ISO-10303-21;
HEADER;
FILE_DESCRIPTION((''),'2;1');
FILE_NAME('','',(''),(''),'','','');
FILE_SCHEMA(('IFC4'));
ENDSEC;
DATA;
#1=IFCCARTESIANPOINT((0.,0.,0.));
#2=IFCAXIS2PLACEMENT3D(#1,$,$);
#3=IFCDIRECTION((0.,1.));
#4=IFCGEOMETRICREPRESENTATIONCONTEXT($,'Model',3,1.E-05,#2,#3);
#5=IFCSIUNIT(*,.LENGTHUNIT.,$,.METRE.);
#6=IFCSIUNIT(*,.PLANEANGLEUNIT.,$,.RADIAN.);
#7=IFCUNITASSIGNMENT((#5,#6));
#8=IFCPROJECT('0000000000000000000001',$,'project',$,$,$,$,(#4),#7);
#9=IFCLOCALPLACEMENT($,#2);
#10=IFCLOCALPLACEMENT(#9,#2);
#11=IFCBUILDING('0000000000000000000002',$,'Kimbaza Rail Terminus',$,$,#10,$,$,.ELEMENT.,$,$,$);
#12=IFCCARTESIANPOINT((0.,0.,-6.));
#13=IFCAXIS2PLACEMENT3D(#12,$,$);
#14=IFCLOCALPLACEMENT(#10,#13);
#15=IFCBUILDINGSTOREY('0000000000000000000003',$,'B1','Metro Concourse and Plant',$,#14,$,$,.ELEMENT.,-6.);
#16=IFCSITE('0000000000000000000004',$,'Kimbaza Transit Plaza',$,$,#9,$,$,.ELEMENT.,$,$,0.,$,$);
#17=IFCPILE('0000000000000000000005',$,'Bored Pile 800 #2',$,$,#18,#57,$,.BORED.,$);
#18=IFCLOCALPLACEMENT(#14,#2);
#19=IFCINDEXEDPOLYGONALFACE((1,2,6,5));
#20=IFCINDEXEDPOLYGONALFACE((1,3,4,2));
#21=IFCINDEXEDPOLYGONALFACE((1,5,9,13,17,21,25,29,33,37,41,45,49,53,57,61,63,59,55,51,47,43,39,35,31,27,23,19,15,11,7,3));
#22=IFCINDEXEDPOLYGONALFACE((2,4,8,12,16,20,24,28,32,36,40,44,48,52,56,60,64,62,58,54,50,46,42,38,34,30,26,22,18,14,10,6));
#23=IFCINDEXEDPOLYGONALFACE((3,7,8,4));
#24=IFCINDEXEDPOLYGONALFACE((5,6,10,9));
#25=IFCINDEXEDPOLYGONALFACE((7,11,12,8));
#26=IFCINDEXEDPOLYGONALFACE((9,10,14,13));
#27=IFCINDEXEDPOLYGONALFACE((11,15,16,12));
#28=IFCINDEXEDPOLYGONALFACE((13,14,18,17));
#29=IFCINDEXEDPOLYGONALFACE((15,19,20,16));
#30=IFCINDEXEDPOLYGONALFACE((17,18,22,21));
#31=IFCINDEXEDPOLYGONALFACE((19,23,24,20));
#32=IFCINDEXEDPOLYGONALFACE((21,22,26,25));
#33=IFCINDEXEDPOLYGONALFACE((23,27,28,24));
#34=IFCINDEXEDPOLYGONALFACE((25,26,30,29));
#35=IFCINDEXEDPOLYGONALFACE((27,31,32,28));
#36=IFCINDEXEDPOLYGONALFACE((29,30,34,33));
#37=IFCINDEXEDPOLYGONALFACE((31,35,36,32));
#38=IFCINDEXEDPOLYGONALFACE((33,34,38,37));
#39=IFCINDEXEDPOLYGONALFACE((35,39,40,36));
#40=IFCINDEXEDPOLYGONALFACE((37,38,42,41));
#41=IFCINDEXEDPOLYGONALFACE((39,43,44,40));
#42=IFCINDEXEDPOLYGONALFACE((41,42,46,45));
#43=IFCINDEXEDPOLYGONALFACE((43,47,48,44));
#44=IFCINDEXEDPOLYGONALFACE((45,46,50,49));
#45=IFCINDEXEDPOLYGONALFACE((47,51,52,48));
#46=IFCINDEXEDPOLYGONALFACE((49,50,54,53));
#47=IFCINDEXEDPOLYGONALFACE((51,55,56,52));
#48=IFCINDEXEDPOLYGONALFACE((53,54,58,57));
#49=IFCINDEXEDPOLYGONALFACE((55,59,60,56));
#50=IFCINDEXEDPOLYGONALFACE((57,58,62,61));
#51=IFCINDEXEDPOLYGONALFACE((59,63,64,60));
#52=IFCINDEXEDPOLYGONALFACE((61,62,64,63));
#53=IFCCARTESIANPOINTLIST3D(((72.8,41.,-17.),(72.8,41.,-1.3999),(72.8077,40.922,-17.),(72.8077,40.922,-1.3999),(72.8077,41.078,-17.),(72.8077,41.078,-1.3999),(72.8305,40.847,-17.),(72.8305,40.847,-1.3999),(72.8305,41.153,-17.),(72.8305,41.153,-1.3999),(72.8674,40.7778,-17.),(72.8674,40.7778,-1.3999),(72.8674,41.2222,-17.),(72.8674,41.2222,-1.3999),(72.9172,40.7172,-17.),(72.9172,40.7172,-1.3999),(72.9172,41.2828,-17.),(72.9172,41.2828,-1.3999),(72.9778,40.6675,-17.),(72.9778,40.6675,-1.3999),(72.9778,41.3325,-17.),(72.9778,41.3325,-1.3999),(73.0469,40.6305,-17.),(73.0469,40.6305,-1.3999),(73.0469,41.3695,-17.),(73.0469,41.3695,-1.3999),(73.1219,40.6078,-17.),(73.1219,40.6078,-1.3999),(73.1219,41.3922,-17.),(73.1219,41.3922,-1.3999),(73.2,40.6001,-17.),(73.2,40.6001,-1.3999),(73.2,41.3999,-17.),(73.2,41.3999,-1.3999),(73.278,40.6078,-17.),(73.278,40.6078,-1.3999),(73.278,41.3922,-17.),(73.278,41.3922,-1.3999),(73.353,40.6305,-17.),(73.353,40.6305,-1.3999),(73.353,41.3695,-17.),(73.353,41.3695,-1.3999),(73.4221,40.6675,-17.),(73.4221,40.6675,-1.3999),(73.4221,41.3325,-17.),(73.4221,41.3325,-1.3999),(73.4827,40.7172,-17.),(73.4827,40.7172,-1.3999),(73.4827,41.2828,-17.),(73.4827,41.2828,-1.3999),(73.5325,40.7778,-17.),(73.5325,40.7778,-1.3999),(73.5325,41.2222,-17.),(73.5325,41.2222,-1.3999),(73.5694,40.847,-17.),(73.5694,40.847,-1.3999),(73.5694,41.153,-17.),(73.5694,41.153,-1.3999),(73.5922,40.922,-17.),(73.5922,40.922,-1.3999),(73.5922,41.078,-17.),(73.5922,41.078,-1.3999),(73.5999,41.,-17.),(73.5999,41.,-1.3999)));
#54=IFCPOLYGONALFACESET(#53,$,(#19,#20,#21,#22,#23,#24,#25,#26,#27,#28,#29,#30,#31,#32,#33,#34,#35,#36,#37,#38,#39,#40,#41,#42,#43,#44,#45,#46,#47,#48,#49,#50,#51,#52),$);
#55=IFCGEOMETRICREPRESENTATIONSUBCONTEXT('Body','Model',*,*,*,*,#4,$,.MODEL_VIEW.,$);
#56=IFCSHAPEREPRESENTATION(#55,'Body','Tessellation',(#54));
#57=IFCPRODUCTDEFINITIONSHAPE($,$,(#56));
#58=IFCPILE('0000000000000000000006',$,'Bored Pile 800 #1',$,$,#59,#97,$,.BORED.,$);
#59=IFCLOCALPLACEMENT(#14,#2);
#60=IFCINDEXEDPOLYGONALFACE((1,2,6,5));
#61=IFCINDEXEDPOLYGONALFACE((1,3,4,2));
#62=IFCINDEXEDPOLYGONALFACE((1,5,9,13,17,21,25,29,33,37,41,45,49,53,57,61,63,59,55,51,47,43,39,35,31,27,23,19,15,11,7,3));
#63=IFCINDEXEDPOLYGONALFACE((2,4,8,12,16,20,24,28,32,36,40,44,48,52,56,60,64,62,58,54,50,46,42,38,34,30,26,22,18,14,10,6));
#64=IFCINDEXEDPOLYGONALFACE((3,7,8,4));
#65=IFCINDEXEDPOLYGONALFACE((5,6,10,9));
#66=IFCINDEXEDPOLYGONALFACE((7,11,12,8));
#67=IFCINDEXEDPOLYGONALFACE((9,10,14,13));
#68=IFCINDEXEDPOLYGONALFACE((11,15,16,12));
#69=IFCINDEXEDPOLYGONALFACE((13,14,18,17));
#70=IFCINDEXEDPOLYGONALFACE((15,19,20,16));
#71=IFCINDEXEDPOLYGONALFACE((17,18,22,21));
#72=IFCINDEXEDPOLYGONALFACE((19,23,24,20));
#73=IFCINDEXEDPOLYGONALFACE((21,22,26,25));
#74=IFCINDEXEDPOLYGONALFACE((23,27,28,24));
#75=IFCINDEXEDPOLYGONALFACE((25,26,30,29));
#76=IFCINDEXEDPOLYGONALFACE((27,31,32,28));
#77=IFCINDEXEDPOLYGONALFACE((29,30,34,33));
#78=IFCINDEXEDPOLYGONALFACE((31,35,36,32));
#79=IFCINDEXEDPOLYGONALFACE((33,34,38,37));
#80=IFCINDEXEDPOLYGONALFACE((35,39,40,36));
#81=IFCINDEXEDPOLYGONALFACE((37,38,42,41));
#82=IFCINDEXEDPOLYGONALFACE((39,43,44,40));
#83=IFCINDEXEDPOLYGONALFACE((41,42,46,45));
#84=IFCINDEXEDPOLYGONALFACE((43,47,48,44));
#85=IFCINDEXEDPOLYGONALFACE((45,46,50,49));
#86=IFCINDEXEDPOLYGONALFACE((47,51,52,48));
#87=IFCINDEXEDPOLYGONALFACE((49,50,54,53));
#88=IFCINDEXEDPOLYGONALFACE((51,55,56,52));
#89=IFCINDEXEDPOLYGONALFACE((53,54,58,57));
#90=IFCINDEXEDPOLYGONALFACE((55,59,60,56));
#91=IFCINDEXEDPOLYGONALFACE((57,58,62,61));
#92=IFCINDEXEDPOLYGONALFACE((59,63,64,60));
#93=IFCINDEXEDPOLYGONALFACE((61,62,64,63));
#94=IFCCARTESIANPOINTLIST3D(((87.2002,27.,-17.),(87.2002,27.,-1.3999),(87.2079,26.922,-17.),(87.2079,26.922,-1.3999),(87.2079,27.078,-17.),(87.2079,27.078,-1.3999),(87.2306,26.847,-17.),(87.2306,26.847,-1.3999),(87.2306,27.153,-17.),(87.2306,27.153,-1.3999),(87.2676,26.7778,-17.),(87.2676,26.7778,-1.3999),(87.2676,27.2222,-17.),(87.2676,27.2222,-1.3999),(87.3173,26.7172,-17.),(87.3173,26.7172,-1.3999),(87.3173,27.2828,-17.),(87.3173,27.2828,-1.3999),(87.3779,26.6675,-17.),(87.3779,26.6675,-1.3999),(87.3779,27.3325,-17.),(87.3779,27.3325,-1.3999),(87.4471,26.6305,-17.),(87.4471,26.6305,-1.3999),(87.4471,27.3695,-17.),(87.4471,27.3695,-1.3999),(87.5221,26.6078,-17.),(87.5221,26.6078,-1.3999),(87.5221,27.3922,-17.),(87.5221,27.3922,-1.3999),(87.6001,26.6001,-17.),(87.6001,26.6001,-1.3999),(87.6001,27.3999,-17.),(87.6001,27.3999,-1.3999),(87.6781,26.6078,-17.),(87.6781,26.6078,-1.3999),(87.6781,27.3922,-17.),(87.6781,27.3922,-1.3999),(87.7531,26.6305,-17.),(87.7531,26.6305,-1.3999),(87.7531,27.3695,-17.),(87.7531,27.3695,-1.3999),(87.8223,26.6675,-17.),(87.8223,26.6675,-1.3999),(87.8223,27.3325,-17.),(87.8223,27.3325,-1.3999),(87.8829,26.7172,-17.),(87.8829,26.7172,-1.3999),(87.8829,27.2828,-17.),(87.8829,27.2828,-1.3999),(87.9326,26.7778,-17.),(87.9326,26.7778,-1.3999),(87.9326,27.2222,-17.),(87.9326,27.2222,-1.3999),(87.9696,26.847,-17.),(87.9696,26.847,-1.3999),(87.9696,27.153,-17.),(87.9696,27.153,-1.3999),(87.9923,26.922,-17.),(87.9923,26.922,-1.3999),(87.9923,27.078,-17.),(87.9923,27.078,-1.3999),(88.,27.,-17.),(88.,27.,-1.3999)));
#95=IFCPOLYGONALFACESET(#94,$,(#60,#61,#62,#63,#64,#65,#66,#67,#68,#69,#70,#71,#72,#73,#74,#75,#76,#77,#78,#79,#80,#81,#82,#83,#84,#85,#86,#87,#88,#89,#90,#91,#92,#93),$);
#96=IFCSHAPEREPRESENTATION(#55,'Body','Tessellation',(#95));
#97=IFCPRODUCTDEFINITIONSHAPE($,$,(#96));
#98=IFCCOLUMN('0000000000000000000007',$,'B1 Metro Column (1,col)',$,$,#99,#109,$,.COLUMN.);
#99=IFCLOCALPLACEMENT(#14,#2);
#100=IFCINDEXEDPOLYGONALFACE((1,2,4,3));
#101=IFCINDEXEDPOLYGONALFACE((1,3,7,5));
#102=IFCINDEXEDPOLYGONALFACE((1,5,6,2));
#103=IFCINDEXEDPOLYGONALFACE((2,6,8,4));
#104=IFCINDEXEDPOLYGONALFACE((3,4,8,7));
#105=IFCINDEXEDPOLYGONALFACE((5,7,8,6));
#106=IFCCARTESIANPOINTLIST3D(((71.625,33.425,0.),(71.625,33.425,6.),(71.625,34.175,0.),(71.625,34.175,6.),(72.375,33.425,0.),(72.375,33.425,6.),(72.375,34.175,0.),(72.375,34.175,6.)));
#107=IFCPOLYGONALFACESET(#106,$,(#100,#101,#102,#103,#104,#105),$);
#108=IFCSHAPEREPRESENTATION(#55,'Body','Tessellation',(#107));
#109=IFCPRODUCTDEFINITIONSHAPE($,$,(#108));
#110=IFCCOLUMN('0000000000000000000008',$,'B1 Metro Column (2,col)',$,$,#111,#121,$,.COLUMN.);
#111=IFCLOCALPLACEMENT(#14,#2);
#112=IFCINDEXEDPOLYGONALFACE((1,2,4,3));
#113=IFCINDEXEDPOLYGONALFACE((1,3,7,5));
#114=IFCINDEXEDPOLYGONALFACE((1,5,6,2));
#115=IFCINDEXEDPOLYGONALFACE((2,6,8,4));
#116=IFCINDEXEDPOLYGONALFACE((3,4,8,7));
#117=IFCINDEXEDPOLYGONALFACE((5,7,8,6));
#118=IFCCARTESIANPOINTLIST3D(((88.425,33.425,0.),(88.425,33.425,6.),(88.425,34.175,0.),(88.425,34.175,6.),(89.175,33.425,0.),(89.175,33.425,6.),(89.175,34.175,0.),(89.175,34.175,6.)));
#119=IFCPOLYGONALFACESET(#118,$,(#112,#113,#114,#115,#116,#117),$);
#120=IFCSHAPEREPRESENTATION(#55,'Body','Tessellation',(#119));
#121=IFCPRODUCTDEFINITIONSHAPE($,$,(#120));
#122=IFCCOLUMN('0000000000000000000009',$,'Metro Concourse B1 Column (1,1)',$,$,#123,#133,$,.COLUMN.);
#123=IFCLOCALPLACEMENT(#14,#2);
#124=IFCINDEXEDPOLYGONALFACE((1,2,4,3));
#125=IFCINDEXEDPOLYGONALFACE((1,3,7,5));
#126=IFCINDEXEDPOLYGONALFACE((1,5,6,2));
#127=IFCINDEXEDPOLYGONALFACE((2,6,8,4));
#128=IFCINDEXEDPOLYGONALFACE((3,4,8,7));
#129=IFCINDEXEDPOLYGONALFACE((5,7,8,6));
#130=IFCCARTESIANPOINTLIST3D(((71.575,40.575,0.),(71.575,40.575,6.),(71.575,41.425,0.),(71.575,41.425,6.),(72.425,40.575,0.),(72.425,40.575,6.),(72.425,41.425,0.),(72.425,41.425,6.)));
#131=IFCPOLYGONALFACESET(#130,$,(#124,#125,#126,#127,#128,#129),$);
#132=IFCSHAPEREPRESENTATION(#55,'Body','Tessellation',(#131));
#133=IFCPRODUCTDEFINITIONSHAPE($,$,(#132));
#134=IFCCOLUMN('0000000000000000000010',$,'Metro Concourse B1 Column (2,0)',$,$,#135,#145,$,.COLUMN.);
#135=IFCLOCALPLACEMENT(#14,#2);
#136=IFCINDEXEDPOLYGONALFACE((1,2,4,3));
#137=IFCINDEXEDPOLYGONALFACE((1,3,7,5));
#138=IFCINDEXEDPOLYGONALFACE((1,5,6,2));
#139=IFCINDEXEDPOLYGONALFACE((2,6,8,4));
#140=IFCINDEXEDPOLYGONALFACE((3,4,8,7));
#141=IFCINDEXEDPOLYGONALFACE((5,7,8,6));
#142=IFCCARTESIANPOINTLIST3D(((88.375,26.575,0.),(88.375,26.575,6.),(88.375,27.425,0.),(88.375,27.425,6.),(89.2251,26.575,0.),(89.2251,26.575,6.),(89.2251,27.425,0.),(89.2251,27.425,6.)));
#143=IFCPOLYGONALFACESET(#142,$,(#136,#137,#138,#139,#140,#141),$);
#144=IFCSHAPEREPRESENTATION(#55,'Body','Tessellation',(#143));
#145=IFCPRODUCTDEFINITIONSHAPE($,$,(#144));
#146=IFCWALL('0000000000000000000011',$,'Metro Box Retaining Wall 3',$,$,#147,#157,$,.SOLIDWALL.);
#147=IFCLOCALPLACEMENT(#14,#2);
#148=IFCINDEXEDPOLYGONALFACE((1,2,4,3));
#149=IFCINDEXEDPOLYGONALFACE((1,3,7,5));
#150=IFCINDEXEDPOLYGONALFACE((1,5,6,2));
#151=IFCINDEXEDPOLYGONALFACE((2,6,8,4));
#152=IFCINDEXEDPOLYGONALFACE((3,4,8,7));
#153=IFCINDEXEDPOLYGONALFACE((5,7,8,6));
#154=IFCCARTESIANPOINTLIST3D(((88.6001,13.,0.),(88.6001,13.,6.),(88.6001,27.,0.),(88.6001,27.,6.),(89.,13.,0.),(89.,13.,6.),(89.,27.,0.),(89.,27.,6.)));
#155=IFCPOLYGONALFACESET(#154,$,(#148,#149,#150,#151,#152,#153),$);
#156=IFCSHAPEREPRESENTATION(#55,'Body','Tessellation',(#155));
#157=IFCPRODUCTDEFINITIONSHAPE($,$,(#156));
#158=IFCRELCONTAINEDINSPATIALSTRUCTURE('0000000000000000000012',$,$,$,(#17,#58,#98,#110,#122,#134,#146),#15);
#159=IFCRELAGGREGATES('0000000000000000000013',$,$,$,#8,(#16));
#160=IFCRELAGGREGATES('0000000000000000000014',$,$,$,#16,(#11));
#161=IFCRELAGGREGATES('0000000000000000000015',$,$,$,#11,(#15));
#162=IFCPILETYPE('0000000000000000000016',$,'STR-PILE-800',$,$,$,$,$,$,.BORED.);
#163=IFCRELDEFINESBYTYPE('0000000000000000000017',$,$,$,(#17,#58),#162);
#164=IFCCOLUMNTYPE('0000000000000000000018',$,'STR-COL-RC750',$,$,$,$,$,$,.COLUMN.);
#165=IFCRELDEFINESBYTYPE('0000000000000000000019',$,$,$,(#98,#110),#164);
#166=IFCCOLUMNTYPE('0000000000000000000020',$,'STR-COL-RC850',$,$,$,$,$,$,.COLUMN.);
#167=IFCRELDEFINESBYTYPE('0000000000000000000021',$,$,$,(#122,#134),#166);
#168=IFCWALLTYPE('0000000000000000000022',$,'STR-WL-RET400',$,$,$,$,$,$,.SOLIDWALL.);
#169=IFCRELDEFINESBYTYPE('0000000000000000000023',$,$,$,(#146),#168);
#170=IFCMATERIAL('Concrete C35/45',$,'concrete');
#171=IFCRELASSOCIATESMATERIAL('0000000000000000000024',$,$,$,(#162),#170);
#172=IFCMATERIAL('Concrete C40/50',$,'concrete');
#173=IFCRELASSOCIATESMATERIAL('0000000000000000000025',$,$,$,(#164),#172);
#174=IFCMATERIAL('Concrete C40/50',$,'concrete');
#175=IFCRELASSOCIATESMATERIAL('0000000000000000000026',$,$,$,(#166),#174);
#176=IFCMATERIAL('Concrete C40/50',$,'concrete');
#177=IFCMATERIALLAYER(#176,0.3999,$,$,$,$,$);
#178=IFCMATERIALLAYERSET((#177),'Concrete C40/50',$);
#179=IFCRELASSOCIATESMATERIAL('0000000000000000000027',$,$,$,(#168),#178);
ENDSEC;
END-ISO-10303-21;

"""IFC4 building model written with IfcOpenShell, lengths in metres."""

from ifc_helpers import new_model, si_unit, direction, frame, frame_2d, origin, origin_2d, place, context, subcontext, project, spatial, rectangle, circle, extrude, material, layer, layer_set, material_profile, profile_set, type_object, element, save


model = new_model("IFC4")

# Units and contexts
model_context = context("Model", 3, precision=1e-05, world=origin(), true_north=direction((0.0, 1.0)))
body_context = subcontext(model_context, "Body", "Model", "MODEL_VIEW")
ifc_project = project(units=[si_unit("LENGTHUNIT", "METRE"), si_unit("PLANEANGLEUNIT", "RADIAN")], contexts=[model_context])

# Site, building, storey
site_placement = place(None, origin())
site = spatial("IfcSite", under=ifc_project, at=site_placement, Name="Kimbaza Transit Plaza", CompositionType="ELEMENT", RefElevation=0.0)
building_placement = place(site_placement, origin())
building = spatial("IfcBuilding", under=site, at=building_placement, Name="Kimbaza Rail Terminus", CompositionType="ELEMENT")
storey_placement = place(building_placement, frame((0.0, 0.0, -6.0)))
storey = spatial("IfcBuildingStorey", under=building, at=storey_placement, Name="B1", Description="Metro Concourse and Plant", CompositionType="ELEMENT", Elevation=-6.0)

# Piles
ifc_material_1 = material(Name="Concrete C35/45", Category="concrete")
ifc_material_profile_1 = material_profile(ifc_material_1, circle(Radius=0.3999, at=origin_2d()), Name="BORED PILE 800")
ifc_profile_set_1 = profile_set([ifc_material_profile_1], Name="Concrete C35/45")
pile_type_1 = type_object("IfcPileType", Name="STR-PILE-800", PredefinedType="BORED", material=ifc_profile_set_1)
for number, where, z_axis, x_axis, name in (
    (1, (73.2, 41.0, -1.3999), (0.0, 0.0, -1.0), (1.0, 0.0, 0.0), "Bored Pile 800 #2"),
    (2, (87.6001, 27.0, -1.3999), (0.0, 0.0, -1.0), (1.0, 0.0, 0.0), "Bored Pile 800 #1"),
):
    element("IfcPile", number, at=place(storey_placement, frame(where, z_axis=z_axis, x_axis=x_axis)), inside=storey, type_object=pile_type_1, Name=name, PredefinedType="BORED", context=body_context, shape_type="SweptSolid", body=[
        extrude(circle(Radius=0.3999, at=origin_2d()), origin(), (0.0, 0.0, 1.0), 15.6001),
    ])

# Columns
ifc_material_2 = material(Name="Concrete C40/50", Category="concrete")
ifc_material_profile_2 = material_profile(ifc_material_2, rectangle(XDim=0.75, YDim=0.75, at=origin_2d()), Name="RC 750x750")
ifc_profile_set_2 = profile_set([ifc_material_profile_2], Name="Concrete C40/50")
column_type_1 = type_object("IfcColumnType", Name="STR-COL-RC750", PredefinedType="COLUMN", material=ifc_profile_set_2)
for number, where, z_axis, x_axis, name in (
    (3, (72.0, 33.8, 0.0), (0.0, 0.0, 1.0), (1.0, 0.0, 0.0), "B1 Metro Column (1,col)"),
    (4, (88.8, 33.8, 0.0), (0.0, 0.0, 1.0), (1.0, 0.0, 0.0), "B1 Metro Column (2,col)"),
):
    element("IfcColumn", number, at=place(storey_placement, frame(where, z_axis=z_axis, x_axis=x_axis)), inside=storey, type_object=column_type_1, Name=name, PredefinedType="COLUMN", context=body_context, shape_type="SweptSolid", body=[
        extrude(rectangle(XDim=0.75, YDim=0.75, at=origin_2d()), origin(), (0.0, 0.0, 1.0), 6.0),
    ])
ifc_material_3 = material(Name="Concrete C40/50", Category="concrete")
ifc_material_profile_3 = material_profile(ifc_material_3, rectangle(XDim=0.8501, YDim=0.8501, at=origin_2d()), Name="RC 850x850")
ifc_profile_set_3 = profile_set([ifc_material_profile_3], Name="Concrete C40/50")
column_type_2 = type_object("IfcColumnType", Name="STR-COL-RC850", PredefinedType="COLUMN", material=ifc_profile_set_3)
for number, where, z_axis, x_axis, name in (
    (5, (72.0, 41.0, 0.0), (0.0, 0.0, 1.0), (1.0, 0.0, 0.0), "Metro Concourse B1 Column (1,1)"),
    (6, (88.8, 27.0, 0.0), (0.0, 0.0, 1.0), (1.0, 0.0, 0.0), "Metro Concourse B1 Column (2,0)"),
):
    element("IfcColumn", number, at=place(storey_placement, frame(where, z_axis=z_axis, x_axis=x_axis)), inside=storey, type_object=column_type_2, Name=name, PredefinedType="COLUMN", context=body_context, shape_type="SweptSolid", body=[
        extrude(rectangle(XDim=0.8501, YDim=0.8501, at=origin_2d()), origin(), (0.0, 0.0, 1.0), 6.0),
    ])

# Wall
ifc_material_4 = material(Name="Concrete C40/50", Category="concrete")
ifc_layer = layer(ifc_material_4, 0.3999)
ifc_layer_set = layer_set([ifc_layer], Name="Concrete C40/50")
wall_type = type_object("IfcWallType", Name="STR-WL-RET400", PredefinedType="SOLIDWALL", material=ifc_layer_set)
wall_placement = place(storey_placement, frame((88.8, 27.0, 0.0), z_axis=(0.0, 0.0, 1.0), x_axis=(0.0, -1.0, 0.0)))
element("IfcWall", 7, at=wall_placement, inside=storey, type_object=wall_type, Name="Metro Box Retaining Wall 3", PredefinedType="SOLIDWALL", context=body_context, shape_type="SweptSolid", body=[
    extrude(rectangle(XDim=14.0, YDim=0.3999, at=frame_2d((7.0, 0.0))), origin(), (0.0, 0.0, 1.0), 6.0),
])

save(model, "model.ifc")
